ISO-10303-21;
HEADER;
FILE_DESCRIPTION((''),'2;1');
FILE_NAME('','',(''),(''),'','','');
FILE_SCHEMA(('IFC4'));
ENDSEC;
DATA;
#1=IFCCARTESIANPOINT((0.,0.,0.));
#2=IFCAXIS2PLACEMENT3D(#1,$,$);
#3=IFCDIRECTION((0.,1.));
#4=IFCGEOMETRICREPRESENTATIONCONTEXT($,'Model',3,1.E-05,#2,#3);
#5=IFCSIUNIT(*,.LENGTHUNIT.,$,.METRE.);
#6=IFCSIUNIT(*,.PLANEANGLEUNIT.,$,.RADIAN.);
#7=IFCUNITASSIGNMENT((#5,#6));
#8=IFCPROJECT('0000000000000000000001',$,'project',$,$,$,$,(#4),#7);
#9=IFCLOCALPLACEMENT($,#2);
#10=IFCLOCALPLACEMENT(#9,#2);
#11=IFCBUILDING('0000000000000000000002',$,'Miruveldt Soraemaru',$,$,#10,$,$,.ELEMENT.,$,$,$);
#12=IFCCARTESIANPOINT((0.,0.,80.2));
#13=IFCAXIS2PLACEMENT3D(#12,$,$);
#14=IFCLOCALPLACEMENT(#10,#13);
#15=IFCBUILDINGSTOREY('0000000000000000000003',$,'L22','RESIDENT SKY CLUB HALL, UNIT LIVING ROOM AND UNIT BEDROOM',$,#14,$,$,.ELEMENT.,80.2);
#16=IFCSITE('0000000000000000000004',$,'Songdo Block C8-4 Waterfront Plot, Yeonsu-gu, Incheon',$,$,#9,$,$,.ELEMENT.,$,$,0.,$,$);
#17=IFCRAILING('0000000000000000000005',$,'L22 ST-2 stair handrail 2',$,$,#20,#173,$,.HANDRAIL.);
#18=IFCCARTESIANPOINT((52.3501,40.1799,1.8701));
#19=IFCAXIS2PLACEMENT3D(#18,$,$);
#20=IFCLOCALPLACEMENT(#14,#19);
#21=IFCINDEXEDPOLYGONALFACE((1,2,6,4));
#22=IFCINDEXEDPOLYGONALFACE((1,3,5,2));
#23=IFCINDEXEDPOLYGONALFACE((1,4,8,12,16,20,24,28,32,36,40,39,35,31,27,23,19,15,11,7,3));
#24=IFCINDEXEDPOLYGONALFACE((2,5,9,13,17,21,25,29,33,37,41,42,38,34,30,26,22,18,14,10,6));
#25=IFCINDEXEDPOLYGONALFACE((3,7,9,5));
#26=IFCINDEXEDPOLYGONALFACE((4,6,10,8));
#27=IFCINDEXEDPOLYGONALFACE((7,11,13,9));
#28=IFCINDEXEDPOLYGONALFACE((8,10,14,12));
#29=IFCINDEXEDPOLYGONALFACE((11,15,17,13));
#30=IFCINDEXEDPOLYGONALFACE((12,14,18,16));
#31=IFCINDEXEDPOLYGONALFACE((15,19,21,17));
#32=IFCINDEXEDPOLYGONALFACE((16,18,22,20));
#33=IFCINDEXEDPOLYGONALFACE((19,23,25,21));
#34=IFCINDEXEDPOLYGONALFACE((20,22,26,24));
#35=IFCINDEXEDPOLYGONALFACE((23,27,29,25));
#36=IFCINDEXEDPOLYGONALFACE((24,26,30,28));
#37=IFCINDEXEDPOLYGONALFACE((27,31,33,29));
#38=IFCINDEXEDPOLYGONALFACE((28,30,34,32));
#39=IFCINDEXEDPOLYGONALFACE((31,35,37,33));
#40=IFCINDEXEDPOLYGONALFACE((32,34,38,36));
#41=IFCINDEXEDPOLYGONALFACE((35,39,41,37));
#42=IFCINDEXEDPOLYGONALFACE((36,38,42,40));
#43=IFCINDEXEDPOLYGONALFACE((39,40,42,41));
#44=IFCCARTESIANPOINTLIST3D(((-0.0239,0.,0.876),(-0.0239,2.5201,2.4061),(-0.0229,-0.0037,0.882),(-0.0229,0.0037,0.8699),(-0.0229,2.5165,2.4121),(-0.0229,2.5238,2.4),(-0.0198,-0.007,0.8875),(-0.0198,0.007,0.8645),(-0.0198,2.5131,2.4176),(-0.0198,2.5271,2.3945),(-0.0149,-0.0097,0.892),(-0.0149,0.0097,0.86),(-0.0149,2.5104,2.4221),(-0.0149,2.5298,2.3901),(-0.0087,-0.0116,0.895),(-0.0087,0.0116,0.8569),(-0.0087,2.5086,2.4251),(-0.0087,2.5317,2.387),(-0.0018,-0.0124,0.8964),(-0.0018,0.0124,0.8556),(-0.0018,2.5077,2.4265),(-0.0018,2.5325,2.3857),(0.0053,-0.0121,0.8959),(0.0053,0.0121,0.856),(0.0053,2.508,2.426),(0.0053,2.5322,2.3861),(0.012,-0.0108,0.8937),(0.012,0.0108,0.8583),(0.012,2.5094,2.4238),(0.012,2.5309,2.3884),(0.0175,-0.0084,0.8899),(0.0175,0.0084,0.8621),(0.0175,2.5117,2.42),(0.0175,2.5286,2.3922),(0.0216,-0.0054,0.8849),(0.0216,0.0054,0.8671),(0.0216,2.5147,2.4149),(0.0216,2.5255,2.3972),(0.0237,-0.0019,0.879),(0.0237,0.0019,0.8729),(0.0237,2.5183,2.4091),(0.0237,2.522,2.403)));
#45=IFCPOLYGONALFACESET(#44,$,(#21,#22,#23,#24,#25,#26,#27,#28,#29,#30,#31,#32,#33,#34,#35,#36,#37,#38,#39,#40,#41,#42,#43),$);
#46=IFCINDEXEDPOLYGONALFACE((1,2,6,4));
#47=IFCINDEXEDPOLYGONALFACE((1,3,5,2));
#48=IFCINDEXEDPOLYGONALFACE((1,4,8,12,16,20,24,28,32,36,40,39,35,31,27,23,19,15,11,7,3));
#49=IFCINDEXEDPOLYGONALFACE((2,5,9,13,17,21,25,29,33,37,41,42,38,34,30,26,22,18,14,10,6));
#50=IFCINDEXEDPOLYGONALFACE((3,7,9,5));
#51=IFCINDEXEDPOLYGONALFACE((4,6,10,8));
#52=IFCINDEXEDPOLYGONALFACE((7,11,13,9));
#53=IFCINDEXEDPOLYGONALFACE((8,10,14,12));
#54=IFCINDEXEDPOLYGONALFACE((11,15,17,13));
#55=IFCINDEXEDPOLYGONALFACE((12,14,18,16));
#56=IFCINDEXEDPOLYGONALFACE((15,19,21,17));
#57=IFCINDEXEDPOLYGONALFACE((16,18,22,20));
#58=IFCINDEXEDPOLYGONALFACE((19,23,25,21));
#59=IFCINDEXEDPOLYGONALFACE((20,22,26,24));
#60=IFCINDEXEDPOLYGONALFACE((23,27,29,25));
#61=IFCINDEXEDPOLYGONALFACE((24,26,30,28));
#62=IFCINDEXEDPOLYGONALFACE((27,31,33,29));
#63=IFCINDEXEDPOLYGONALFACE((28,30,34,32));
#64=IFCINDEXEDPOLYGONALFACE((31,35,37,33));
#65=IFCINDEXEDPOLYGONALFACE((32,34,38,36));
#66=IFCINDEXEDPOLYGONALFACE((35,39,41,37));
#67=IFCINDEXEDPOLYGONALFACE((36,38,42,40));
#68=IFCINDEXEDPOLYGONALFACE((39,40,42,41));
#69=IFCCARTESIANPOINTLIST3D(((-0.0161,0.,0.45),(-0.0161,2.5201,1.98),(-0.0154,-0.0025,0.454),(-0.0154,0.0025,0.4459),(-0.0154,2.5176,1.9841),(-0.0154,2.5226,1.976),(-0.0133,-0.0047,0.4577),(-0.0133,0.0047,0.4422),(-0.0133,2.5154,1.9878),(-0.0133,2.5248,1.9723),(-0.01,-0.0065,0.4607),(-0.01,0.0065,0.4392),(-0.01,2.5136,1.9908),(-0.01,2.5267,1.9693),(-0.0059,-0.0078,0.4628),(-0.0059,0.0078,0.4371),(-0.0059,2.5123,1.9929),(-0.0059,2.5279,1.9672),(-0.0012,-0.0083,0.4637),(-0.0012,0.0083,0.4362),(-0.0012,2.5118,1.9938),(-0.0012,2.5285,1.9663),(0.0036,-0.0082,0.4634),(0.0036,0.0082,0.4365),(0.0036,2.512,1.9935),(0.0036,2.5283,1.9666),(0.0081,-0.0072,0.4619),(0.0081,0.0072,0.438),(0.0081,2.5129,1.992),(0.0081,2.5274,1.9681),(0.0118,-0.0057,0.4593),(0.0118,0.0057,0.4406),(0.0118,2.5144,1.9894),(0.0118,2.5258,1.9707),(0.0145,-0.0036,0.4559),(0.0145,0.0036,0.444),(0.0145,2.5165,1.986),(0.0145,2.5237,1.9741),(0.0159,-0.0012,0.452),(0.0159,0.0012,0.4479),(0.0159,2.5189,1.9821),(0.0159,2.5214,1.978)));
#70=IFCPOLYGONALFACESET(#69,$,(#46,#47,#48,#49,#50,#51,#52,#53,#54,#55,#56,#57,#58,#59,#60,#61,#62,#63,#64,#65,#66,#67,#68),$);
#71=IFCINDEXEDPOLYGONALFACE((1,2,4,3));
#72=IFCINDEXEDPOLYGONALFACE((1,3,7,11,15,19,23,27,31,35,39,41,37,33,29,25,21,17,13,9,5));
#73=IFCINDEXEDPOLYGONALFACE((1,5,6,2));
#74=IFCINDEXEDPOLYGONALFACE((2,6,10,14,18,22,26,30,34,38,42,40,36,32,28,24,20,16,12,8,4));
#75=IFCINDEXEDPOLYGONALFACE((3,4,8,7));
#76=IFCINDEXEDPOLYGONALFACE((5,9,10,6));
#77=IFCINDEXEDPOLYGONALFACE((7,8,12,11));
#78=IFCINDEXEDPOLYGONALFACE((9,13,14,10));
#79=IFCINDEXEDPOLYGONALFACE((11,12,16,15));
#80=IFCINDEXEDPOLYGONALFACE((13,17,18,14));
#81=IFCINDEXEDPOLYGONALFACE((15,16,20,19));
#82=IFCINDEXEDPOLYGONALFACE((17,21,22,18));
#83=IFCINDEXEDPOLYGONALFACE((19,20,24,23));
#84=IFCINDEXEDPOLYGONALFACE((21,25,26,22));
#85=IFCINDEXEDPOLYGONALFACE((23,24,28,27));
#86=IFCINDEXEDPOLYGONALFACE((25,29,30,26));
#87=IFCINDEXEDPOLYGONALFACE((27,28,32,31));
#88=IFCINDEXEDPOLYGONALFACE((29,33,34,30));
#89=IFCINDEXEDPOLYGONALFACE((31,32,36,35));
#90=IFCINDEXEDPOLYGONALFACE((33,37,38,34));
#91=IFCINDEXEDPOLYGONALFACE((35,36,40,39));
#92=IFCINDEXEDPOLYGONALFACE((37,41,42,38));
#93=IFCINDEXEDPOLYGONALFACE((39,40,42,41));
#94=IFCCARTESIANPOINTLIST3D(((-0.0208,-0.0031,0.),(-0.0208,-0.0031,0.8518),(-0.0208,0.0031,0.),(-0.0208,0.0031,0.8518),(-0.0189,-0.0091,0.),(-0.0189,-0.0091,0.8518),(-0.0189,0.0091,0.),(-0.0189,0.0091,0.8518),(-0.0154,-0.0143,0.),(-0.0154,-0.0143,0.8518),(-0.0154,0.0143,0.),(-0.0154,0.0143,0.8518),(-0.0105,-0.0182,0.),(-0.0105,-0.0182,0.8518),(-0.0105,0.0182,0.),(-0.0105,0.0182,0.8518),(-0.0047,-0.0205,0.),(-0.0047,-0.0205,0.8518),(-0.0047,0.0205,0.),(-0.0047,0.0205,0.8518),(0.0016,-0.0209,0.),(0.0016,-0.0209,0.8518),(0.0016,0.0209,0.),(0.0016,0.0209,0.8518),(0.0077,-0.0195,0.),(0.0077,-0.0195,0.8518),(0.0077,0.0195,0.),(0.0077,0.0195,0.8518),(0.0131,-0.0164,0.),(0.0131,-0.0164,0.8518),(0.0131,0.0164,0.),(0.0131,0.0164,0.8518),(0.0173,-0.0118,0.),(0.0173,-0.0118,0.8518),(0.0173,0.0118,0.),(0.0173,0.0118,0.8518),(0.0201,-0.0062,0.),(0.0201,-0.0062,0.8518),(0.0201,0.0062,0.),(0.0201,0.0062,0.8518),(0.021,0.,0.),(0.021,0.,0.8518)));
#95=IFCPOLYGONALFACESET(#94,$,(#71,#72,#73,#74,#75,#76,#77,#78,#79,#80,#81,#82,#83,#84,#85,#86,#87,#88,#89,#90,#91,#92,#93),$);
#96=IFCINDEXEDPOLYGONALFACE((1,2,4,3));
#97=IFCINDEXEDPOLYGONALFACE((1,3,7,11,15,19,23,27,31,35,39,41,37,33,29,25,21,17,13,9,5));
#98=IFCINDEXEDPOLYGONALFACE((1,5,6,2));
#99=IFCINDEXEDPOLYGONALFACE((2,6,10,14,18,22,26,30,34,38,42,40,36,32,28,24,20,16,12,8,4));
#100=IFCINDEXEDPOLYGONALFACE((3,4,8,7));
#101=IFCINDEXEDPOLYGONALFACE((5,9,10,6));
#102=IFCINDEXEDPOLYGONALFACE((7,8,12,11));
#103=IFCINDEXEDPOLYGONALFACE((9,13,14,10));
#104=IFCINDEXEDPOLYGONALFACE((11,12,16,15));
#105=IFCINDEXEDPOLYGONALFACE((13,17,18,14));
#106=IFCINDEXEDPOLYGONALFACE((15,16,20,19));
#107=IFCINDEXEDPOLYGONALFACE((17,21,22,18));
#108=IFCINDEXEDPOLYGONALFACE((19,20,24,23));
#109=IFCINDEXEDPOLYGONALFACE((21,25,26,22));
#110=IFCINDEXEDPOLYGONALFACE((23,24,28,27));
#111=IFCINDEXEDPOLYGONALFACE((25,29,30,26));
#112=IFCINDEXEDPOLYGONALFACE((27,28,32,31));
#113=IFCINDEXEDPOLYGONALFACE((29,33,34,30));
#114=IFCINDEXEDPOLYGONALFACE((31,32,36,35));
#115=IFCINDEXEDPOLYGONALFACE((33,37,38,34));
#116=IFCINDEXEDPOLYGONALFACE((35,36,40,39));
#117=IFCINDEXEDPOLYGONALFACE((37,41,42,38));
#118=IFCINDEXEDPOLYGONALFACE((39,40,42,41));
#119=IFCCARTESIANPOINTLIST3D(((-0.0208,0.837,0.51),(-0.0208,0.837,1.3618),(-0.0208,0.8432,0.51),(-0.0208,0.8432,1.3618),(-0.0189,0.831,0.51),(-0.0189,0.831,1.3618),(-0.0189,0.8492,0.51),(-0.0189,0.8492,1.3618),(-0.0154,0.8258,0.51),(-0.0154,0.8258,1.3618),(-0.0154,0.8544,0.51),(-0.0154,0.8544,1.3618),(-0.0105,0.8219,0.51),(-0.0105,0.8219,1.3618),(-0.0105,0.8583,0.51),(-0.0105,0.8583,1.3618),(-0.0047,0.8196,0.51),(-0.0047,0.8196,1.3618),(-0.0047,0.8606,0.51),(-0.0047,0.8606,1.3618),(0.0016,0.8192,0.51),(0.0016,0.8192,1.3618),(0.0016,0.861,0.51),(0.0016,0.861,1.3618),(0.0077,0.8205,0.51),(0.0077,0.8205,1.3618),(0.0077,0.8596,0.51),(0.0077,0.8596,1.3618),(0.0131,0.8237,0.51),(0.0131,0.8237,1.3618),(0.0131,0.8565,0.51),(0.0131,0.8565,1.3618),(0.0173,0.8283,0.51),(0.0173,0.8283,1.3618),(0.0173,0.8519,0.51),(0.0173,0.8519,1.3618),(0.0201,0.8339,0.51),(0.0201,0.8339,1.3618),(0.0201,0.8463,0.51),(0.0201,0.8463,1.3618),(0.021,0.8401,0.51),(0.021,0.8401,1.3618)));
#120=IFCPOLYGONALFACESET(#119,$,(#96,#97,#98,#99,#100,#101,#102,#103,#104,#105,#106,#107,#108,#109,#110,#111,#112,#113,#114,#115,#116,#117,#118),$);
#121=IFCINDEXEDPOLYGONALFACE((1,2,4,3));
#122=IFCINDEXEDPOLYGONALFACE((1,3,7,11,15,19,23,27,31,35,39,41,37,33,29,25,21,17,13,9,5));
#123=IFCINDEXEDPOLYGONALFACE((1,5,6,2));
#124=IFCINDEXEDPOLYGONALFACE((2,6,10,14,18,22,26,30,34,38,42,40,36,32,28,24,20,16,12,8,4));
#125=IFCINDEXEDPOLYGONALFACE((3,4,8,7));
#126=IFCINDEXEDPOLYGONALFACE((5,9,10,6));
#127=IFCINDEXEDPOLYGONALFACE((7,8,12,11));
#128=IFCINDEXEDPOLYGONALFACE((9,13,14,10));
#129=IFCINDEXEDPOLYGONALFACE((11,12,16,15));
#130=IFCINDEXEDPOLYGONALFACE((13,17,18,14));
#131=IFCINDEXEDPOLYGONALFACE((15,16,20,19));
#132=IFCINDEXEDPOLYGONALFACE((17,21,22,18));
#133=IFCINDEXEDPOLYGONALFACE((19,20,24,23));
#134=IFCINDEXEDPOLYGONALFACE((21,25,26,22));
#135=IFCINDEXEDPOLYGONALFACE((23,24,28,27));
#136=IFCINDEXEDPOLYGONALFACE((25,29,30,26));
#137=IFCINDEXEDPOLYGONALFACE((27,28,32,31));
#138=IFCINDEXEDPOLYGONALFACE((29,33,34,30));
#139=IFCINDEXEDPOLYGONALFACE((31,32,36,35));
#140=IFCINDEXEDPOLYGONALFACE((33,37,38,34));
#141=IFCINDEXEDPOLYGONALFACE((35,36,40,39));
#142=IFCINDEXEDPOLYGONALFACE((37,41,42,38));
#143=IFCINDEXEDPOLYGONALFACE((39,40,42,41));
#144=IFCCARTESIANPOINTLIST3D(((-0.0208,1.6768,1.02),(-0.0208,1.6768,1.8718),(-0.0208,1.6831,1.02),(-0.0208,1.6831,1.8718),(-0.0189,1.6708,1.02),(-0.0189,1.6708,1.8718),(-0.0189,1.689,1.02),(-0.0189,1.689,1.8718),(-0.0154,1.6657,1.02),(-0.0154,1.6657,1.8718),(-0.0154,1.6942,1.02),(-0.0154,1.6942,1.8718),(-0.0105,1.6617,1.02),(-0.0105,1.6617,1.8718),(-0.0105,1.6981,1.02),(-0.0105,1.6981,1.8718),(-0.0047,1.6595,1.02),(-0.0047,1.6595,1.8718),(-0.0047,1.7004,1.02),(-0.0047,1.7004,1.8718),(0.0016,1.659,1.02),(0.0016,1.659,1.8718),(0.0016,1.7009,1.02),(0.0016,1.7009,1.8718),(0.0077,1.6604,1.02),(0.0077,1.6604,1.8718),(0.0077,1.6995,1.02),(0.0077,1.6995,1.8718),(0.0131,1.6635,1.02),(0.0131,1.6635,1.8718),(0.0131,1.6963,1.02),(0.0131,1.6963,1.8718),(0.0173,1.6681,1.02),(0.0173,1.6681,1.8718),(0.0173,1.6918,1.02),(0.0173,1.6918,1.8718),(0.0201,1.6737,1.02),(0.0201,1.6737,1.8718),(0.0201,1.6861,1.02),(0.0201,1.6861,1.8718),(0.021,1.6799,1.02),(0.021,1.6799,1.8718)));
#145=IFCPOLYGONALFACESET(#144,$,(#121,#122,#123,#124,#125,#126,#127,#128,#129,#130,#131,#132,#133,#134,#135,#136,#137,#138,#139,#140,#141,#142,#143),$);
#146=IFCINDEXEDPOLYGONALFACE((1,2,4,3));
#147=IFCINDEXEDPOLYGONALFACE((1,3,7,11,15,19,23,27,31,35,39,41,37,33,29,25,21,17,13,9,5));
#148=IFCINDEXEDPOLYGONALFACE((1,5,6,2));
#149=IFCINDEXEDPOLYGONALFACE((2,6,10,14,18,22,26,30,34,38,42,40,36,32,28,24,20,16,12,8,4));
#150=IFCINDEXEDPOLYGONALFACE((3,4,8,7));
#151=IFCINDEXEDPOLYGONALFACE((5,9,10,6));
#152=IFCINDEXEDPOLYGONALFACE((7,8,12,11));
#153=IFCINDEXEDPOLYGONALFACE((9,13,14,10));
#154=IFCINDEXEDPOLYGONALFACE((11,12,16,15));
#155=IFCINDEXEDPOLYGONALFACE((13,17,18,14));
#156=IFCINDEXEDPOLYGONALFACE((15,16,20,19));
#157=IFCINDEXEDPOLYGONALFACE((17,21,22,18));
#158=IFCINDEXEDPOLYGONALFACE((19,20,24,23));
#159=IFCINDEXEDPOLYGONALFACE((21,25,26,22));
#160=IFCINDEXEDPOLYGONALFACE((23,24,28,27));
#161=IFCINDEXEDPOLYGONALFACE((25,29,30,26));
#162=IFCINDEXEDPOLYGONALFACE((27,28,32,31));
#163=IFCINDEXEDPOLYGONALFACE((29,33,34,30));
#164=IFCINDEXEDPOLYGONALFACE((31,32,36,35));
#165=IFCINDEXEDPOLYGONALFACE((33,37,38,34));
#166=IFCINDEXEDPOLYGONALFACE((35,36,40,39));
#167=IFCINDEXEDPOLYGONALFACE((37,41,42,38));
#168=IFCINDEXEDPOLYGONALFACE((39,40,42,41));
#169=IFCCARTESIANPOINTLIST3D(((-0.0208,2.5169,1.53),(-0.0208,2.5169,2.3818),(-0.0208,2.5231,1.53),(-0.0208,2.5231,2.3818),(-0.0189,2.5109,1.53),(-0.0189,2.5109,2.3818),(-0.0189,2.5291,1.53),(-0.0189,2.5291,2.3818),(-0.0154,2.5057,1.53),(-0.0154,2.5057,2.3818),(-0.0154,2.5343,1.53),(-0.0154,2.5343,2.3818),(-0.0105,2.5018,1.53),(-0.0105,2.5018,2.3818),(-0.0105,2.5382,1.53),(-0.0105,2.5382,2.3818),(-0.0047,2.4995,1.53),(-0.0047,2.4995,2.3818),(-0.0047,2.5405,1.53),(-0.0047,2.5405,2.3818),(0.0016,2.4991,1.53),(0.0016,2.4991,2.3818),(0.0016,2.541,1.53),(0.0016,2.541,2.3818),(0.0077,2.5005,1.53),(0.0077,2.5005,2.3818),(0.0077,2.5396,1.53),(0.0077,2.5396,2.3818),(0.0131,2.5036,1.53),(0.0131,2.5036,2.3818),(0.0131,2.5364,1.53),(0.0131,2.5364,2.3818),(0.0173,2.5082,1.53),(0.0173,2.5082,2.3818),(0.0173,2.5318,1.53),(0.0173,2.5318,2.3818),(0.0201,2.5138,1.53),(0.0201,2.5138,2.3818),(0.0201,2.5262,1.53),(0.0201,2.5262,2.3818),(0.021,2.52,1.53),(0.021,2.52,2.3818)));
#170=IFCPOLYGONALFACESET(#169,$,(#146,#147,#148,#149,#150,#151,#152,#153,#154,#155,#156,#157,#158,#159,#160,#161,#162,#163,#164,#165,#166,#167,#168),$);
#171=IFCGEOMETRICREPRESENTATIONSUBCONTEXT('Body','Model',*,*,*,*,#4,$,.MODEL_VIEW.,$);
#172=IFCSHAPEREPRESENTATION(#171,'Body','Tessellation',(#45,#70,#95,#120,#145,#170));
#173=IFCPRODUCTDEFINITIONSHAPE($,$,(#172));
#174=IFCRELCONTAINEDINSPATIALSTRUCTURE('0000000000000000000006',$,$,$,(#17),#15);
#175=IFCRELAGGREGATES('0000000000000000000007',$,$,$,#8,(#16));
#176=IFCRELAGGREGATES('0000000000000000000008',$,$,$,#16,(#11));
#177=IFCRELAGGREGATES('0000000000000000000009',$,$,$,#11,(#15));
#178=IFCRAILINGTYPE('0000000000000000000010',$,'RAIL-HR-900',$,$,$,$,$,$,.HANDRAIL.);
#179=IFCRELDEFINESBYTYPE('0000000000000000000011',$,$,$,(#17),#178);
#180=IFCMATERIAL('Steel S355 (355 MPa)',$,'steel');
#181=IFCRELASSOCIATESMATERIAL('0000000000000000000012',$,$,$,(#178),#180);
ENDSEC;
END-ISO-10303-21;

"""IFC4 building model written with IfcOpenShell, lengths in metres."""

from ifc_helpers import new_model, si_unit, direction, frame, origin, origin_2d, place, context, subcontext, project, spatial, circle, extrude, material, type_object, element, save


model = new_model("IFC4")

# Units and contexts
model_context = context("Model", 3, precision=1e-05, world=origin(), true_north=direction((0.0, 1.0)))
body_context = subcontext(model_context, "Body", "Model", "MODEL_VIEW")
ifc_project = project(units=[si_unit("LENGTHUNIT", "METRE"), si_unit("PLANEANGLEUNIT", "RADIAN")], contexts=[model_context])

# Site, building, storey
site_placement = place(None, origin())
site = spatial("IfcSite", under=ifc_project, at=site_placement, Name="Songdo Block C8-4 Waterfront Plot, Yeonsu-gu, Incheon", CompositionType="ELEMENT", RefElevation=0.0)
building_placement = place(site_placement, origin())
building = spatial("IfcBuilding", under=site, at=building_placement, Name="Miruveldt Soraemaru", CompositionType="ELEMENT")
storey_placement = place(building_placement, frame((0.0, 0.0, 80.2)))
storey = spatial("IfcBuildingStorey", under=building, at=storey_placement, Name="L22", Description="RESIDENT SKY CLUB HALL, UNIT LIVING ROOM AND UNIT BEDROOM", CompositionType="ELEMENT", Elevation=80.2)

# Railing
ifc_material_1 = material(Name="Steel S355 (355 MPa)", Category="steel")
railing_type_1 = type_object("IfcRailingType", Name="RAIL-HR-900", PredefinedType="HANDRAIL", material=ifc_material_1)
railing_1_placement = place(storey_placement, frame((52.3501, 40.1799, 1.8701)))
element("IfcRailing", 1, at=railing_1_placement, inside=storey, type_object=railing_type_1, Name="L22 ST-2 stair handrail 2", PredefinedType="HANDRAIL", context=body_context, shape_type="SweptSolid", body=[
    extrude(circle(Radius=0.0239, at=origin_2d()), frame((0.0, 0.0, 0.876), z_axis=(0.0, 0.854785, 0.518982), x_axis=(-1.0, 0.0, 0.0)), (0.0, 0.0, 1.0), 2.9482),
    extrude(circle(Radius=0.0161, at=origin_2d()), frame((0.0, 0.0, 0.45), z_axis=(0.0, 0.854785, 0.518982), x_axis=(-1.0, 0.0, 0.0)), (0.0, 0.0, 1.0), 2.9482),
    extrude(circle(Radius=0.021, at=origin_2d()), origin(), (0.0, 0.0, 1.0), 0.8518),
    extrude(circle(Radius=0.021, at=origin_2d()), frame((0.0, 0.8401, 0.51)), (0.0, 0.0, 1.0), 0.8518),
    extrude(circle(Radius=0.021, at=origin_2d()), frame((0.0, 1.6799, 1.02)), (0.0, 0.0, 1.0), 0.8518),
    extrude(circle(Radius=0.021, at=origin_2d()), frame((0.0, 2.52, 1.53)), (0.0, 0.0, 1.0), 0.8518),
])

save(model, "model.ifc")
